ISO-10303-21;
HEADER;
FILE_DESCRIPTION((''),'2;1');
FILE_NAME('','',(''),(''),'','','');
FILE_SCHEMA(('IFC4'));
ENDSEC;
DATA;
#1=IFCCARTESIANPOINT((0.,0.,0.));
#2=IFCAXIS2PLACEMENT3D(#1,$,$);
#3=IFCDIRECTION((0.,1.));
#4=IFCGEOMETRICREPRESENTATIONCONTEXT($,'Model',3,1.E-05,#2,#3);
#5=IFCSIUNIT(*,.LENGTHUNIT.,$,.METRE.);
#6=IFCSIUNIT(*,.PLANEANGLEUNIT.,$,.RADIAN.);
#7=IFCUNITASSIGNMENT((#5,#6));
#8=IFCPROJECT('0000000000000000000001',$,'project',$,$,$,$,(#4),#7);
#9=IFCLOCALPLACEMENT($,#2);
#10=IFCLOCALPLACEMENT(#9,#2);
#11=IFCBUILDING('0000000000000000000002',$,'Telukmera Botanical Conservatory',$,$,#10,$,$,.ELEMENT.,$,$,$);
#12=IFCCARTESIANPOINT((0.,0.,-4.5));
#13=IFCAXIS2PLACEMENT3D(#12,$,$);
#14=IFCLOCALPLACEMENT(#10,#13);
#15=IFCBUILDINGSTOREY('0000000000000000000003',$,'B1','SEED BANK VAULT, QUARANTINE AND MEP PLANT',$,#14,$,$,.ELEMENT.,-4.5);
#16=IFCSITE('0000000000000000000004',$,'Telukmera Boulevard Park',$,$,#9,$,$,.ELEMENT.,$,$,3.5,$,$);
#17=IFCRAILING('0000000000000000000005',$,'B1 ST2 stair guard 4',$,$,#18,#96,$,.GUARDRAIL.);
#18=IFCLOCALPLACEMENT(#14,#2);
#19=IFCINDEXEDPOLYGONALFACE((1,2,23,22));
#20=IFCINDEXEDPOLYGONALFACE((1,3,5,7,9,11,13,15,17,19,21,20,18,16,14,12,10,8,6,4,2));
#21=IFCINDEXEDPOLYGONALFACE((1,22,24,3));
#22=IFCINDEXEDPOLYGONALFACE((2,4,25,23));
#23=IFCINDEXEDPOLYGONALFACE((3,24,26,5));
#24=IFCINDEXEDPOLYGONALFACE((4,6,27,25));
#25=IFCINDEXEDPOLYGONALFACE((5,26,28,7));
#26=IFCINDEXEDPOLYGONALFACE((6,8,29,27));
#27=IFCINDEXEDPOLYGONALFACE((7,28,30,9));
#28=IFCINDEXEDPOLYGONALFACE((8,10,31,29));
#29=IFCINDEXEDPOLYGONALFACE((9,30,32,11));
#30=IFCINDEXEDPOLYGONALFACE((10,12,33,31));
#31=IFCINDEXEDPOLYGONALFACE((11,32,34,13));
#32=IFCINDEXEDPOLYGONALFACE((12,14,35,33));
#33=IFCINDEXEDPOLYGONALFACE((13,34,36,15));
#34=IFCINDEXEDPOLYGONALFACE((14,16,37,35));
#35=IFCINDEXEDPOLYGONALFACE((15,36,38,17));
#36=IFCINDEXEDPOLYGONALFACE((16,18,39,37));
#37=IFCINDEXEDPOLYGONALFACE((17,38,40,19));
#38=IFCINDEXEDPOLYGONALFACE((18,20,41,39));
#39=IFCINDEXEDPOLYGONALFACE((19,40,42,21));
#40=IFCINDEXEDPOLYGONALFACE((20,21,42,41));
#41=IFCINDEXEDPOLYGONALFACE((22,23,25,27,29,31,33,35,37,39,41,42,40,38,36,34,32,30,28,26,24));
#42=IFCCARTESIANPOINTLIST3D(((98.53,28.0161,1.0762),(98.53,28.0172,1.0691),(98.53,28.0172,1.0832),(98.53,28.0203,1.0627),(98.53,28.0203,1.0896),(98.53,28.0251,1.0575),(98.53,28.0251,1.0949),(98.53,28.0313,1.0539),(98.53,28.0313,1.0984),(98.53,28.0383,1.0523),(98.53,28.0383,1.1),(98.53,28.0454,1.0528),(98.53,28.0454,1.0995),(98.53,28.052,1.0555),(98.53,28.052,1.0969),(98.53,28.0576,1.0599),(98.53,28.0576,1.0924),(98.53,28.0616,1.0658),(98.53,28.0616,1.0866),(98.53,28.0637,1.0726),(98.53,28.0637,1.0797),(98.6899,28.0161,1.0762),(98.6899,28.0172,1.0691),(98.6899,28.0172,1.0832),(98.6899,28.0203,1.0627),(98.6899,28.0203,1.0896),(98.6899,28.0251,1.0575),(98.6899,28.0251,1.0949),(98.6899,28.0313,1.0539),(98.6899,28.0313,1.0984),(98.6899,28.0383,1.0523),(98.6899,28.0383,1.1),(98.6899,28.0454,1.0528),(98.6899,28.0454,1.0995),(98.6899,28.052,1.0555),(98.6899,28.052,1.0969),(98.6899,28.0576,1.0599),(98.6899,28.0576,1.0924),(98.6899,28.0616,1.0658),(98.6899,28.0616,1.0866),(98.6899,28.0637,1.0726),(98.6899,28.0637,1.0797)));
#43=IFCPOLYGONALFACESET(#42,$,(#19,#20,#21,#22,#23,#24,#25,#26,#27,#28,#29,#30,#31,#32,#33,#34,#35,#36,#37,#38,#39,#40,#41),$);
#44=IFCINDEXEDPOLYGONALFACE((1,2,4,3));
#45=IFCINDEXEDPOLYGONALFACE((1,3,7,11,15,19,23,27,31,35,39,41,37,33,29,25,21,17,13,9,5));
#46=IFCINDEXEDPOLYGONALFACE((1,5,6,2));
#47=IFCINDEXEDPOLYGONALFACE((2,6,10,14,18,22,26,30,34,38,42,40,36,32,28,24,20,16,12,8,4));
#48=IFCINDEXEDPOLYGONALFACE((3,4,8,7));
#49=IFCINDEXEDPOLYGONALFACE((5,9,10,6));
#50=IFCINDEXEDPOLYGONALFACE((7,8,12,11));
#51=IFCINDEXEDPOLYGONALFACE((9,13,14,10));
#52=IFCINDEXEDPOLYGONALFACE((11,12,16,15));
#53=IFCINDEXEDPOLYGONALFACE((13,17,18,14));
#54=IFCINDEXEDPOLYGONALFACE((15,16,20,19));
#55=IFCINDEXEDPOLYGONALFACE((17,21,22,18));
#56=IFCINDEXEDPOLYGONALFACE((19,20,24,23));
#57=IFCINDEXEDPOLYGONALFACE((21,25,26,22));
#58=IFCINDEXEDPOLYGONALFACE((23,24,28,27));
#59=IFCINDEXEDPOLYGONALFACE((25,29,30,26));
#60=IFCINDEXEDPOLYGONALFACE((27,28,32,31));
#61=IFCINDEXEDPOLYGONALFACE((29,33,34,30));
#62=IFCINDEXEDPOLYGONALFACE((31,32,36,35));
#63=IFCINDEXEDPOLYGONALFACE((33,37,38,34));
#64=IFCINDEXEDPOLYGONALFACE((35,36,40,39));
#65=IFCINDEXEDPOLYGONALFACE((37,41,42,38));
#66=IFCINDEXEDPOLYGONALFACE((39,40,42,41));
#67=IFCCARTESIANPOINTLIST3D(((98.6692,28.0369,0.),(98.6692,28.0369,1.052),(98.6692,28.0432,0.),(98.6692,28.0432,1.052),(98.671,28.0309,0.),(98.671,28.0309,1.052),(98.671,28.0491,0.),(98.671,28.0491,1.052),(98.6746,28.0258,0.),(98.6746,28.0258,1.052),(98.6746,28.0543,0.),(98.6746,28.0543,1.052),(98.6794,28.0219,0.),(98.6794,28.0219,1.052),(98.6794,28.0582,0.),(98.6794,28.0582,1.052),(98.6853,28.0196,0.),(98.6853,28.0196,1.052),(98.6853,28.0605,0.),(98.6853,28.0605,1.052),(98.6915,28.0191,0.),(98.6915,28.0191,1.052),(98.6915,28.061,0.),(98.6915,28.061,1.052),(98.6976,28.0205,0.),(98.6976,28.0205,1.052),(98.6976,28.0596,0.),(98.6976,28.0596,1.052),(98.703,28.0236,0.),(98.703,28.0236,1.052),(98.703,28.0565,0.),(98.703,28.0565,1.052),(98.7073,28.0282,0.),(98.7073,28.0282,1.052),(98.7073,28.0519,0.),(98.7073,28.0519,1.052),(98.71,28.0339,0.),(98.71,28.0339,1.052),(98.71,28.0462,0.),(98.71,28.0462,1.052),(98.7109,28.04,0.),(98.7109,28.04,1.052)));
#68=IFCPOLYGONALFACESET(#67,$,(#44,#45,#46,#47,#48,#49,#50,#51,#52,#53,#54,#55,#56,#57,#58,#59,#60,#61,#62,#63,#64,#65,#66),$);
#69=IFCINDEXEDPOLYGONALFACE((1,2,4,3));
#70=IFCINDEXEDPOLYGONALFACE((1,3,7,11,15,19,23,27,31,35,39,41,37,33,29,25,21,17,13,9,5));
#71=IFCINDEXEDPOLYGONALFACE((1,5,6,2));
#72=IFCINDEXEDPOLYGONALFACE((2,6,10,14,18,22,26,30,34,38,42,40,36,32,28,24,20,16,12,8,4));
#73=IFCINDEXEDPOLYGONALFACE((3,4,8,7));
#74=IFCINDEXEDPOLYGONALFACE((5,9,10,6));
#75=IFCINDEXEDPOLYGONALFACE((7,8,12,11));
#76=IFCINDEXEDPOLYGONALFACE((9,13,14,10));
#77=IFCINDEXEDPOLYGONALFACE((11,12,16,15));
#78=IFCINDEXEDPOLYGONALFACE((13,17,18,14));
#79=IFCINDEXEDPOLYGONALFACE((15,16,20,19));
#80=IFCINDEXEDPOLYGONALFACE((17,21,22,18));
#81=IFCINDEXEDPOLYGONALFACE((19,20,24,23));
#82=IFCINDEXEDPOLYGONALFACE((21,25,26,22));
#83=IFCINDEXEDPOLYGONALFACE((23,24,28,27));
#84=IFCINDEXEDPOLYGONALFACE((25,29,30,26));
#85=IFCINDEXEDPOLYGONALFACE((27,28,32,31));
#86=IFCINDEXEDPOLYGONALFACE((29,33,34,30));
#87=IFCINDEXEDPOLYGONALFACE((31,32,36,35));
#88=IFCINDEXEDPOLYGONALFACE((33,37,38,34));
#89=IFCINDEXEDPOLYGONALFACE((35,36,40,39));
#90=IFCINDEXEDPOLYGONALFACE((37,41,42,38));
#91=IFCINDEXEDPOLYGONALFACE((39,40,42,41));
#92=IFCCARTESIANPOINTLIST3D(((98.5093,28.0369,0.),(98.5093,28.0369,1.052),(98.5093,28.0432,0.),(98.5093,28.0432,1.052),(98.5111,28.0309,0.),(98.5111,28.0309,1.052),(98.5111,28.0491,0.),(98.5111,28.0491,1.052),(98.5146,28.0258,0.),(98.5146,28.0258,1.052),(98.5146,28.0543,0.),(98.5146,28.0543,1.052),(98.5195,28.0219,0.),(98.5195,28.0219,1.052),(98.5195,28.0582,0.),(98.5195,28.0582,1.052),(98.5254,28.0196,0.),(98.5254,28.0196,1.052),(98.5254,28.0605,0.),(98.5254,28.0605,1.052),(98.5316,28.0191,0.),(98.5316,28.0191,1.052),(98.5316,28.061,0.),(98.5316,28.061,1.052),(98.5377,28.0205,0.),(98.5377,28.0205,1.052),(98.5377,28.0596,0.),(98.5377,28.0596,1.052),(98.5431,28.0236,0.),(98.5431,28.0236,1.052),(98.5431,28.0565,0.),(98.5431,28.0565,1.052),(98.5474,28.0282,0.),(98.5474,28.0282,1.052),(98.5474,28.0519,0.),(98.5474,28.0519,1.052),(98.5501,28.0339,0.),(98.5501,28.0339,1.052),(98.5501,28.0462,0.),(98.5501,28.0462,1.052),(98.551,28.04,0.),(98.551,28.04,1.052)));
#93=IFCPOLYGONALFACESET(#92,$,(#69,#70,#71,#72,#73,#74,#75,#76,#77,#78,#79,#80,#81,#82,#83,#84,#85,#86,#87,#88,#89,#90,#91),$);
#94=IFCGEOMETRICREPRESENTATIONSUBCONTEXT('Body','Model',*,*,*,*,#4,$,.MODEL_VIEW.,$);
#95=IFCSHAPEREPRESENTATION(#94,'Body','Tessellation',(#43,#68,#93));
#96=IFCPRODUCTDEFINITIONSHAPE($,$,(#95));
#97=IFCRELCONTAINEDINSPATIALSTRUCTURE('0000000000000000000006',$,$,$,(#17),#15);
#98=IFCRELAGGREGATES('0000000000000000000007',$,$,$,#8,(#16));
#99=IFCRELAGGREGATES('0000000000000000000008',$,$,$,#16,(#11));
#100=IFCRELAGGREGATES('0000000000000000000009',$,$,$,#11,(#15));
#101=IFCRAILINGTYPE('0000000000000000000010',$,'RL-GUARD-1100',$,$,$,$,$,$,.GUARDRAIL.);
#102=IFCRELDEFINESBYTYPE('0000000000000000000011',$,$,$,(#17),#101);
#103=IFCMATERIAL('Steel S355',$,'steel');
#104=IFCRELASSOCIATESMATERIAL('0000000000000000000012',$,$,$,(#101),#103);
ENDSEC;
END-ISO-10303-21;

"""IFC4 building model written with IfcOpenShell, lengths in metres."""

from ifc_helpers import new_model, si_unit, direction, frame, origin, origin_2d, place, context, subcontext, project, spatial, circle, extrude, material, type_object, element, save


model = new_model("IFC4")

# Units and contexts
model_context = context("Model", 3, precision=1e-05, world=origin(), true_north=direction((0.0, 1.0)))
body_context = subcontext(model_context, "Body", "Model", "MODEL_VIEW")
ifc_project = project(units=[si_unit("LENGTHUNIT", "METRE"), si_unit("PLANEANGLEUNIT", "RADIAN")], contexts=[model_context])

# Site, building, storey
site_placement = place(None, origin())
site = spatial("IfcSite", under=ifc_project, at=site_placement, Name="Telukmera Boulevard Park", CompositionType="ELEMENT", RefElevation=3.5)
building_placement = place(site_placement, origin())
building = spatial("IfcBuilding", under=site, at=building_placement, Name="Telukmera Botanical Conservatory", CompositionType="ELEMENT")
storey_placement = place(building_placement, frame((0.0, 0.0, -4.5)))
storey = spatial("IfcBuildingStorey", under=building, at=storey_placement, Name="B1", Description="SEED BANK VAULT, QUARANTINE AND MEP PLANT", CompositionType="ELEMENT", Elevation=-4.5)

# Railing
ifc_material_1 = material(Name="Steel S355", Category="steel")
railing_type_1 = type_object("IfcRailingType", Name="RL-GUARD-1100", PredefinedType="GUARDRAIL", material=ifc_material_1)
railing_1_placement = place(storey_placement, frame((98.6899, 28.04, 0.0)))
element("IfcRailing", 1, at=railing_1_placement, inside=storey, type_object=railing_type_1, Name="B1 ST2 stair guard 4", PredefinedType="GUARDRAIL", context=body_context, shape_type="SweptSolid", body=[
    extrude(circle(Radius=0.0239, at=origin_2d()), frame((0.0, 0.0, 1.0762), z_axis=(-1.0, 0.0, 0.0), x_axis=(0.0, -1.0, 0.0)), (0.0, 0.0, 1.0), 0.1599),
    extrude(circle(Radius=0.021, at=origin_2d()), origin(), (0.0, 0.0, 1.0), 1.052),
    extrude(circle(Radius=0.021, at=origin_2d()), frame((-0.1599, 0.0, 0.0)), (0.0, 0.0, 1.0), 1.052),
])

save(model, "model.ifc")
